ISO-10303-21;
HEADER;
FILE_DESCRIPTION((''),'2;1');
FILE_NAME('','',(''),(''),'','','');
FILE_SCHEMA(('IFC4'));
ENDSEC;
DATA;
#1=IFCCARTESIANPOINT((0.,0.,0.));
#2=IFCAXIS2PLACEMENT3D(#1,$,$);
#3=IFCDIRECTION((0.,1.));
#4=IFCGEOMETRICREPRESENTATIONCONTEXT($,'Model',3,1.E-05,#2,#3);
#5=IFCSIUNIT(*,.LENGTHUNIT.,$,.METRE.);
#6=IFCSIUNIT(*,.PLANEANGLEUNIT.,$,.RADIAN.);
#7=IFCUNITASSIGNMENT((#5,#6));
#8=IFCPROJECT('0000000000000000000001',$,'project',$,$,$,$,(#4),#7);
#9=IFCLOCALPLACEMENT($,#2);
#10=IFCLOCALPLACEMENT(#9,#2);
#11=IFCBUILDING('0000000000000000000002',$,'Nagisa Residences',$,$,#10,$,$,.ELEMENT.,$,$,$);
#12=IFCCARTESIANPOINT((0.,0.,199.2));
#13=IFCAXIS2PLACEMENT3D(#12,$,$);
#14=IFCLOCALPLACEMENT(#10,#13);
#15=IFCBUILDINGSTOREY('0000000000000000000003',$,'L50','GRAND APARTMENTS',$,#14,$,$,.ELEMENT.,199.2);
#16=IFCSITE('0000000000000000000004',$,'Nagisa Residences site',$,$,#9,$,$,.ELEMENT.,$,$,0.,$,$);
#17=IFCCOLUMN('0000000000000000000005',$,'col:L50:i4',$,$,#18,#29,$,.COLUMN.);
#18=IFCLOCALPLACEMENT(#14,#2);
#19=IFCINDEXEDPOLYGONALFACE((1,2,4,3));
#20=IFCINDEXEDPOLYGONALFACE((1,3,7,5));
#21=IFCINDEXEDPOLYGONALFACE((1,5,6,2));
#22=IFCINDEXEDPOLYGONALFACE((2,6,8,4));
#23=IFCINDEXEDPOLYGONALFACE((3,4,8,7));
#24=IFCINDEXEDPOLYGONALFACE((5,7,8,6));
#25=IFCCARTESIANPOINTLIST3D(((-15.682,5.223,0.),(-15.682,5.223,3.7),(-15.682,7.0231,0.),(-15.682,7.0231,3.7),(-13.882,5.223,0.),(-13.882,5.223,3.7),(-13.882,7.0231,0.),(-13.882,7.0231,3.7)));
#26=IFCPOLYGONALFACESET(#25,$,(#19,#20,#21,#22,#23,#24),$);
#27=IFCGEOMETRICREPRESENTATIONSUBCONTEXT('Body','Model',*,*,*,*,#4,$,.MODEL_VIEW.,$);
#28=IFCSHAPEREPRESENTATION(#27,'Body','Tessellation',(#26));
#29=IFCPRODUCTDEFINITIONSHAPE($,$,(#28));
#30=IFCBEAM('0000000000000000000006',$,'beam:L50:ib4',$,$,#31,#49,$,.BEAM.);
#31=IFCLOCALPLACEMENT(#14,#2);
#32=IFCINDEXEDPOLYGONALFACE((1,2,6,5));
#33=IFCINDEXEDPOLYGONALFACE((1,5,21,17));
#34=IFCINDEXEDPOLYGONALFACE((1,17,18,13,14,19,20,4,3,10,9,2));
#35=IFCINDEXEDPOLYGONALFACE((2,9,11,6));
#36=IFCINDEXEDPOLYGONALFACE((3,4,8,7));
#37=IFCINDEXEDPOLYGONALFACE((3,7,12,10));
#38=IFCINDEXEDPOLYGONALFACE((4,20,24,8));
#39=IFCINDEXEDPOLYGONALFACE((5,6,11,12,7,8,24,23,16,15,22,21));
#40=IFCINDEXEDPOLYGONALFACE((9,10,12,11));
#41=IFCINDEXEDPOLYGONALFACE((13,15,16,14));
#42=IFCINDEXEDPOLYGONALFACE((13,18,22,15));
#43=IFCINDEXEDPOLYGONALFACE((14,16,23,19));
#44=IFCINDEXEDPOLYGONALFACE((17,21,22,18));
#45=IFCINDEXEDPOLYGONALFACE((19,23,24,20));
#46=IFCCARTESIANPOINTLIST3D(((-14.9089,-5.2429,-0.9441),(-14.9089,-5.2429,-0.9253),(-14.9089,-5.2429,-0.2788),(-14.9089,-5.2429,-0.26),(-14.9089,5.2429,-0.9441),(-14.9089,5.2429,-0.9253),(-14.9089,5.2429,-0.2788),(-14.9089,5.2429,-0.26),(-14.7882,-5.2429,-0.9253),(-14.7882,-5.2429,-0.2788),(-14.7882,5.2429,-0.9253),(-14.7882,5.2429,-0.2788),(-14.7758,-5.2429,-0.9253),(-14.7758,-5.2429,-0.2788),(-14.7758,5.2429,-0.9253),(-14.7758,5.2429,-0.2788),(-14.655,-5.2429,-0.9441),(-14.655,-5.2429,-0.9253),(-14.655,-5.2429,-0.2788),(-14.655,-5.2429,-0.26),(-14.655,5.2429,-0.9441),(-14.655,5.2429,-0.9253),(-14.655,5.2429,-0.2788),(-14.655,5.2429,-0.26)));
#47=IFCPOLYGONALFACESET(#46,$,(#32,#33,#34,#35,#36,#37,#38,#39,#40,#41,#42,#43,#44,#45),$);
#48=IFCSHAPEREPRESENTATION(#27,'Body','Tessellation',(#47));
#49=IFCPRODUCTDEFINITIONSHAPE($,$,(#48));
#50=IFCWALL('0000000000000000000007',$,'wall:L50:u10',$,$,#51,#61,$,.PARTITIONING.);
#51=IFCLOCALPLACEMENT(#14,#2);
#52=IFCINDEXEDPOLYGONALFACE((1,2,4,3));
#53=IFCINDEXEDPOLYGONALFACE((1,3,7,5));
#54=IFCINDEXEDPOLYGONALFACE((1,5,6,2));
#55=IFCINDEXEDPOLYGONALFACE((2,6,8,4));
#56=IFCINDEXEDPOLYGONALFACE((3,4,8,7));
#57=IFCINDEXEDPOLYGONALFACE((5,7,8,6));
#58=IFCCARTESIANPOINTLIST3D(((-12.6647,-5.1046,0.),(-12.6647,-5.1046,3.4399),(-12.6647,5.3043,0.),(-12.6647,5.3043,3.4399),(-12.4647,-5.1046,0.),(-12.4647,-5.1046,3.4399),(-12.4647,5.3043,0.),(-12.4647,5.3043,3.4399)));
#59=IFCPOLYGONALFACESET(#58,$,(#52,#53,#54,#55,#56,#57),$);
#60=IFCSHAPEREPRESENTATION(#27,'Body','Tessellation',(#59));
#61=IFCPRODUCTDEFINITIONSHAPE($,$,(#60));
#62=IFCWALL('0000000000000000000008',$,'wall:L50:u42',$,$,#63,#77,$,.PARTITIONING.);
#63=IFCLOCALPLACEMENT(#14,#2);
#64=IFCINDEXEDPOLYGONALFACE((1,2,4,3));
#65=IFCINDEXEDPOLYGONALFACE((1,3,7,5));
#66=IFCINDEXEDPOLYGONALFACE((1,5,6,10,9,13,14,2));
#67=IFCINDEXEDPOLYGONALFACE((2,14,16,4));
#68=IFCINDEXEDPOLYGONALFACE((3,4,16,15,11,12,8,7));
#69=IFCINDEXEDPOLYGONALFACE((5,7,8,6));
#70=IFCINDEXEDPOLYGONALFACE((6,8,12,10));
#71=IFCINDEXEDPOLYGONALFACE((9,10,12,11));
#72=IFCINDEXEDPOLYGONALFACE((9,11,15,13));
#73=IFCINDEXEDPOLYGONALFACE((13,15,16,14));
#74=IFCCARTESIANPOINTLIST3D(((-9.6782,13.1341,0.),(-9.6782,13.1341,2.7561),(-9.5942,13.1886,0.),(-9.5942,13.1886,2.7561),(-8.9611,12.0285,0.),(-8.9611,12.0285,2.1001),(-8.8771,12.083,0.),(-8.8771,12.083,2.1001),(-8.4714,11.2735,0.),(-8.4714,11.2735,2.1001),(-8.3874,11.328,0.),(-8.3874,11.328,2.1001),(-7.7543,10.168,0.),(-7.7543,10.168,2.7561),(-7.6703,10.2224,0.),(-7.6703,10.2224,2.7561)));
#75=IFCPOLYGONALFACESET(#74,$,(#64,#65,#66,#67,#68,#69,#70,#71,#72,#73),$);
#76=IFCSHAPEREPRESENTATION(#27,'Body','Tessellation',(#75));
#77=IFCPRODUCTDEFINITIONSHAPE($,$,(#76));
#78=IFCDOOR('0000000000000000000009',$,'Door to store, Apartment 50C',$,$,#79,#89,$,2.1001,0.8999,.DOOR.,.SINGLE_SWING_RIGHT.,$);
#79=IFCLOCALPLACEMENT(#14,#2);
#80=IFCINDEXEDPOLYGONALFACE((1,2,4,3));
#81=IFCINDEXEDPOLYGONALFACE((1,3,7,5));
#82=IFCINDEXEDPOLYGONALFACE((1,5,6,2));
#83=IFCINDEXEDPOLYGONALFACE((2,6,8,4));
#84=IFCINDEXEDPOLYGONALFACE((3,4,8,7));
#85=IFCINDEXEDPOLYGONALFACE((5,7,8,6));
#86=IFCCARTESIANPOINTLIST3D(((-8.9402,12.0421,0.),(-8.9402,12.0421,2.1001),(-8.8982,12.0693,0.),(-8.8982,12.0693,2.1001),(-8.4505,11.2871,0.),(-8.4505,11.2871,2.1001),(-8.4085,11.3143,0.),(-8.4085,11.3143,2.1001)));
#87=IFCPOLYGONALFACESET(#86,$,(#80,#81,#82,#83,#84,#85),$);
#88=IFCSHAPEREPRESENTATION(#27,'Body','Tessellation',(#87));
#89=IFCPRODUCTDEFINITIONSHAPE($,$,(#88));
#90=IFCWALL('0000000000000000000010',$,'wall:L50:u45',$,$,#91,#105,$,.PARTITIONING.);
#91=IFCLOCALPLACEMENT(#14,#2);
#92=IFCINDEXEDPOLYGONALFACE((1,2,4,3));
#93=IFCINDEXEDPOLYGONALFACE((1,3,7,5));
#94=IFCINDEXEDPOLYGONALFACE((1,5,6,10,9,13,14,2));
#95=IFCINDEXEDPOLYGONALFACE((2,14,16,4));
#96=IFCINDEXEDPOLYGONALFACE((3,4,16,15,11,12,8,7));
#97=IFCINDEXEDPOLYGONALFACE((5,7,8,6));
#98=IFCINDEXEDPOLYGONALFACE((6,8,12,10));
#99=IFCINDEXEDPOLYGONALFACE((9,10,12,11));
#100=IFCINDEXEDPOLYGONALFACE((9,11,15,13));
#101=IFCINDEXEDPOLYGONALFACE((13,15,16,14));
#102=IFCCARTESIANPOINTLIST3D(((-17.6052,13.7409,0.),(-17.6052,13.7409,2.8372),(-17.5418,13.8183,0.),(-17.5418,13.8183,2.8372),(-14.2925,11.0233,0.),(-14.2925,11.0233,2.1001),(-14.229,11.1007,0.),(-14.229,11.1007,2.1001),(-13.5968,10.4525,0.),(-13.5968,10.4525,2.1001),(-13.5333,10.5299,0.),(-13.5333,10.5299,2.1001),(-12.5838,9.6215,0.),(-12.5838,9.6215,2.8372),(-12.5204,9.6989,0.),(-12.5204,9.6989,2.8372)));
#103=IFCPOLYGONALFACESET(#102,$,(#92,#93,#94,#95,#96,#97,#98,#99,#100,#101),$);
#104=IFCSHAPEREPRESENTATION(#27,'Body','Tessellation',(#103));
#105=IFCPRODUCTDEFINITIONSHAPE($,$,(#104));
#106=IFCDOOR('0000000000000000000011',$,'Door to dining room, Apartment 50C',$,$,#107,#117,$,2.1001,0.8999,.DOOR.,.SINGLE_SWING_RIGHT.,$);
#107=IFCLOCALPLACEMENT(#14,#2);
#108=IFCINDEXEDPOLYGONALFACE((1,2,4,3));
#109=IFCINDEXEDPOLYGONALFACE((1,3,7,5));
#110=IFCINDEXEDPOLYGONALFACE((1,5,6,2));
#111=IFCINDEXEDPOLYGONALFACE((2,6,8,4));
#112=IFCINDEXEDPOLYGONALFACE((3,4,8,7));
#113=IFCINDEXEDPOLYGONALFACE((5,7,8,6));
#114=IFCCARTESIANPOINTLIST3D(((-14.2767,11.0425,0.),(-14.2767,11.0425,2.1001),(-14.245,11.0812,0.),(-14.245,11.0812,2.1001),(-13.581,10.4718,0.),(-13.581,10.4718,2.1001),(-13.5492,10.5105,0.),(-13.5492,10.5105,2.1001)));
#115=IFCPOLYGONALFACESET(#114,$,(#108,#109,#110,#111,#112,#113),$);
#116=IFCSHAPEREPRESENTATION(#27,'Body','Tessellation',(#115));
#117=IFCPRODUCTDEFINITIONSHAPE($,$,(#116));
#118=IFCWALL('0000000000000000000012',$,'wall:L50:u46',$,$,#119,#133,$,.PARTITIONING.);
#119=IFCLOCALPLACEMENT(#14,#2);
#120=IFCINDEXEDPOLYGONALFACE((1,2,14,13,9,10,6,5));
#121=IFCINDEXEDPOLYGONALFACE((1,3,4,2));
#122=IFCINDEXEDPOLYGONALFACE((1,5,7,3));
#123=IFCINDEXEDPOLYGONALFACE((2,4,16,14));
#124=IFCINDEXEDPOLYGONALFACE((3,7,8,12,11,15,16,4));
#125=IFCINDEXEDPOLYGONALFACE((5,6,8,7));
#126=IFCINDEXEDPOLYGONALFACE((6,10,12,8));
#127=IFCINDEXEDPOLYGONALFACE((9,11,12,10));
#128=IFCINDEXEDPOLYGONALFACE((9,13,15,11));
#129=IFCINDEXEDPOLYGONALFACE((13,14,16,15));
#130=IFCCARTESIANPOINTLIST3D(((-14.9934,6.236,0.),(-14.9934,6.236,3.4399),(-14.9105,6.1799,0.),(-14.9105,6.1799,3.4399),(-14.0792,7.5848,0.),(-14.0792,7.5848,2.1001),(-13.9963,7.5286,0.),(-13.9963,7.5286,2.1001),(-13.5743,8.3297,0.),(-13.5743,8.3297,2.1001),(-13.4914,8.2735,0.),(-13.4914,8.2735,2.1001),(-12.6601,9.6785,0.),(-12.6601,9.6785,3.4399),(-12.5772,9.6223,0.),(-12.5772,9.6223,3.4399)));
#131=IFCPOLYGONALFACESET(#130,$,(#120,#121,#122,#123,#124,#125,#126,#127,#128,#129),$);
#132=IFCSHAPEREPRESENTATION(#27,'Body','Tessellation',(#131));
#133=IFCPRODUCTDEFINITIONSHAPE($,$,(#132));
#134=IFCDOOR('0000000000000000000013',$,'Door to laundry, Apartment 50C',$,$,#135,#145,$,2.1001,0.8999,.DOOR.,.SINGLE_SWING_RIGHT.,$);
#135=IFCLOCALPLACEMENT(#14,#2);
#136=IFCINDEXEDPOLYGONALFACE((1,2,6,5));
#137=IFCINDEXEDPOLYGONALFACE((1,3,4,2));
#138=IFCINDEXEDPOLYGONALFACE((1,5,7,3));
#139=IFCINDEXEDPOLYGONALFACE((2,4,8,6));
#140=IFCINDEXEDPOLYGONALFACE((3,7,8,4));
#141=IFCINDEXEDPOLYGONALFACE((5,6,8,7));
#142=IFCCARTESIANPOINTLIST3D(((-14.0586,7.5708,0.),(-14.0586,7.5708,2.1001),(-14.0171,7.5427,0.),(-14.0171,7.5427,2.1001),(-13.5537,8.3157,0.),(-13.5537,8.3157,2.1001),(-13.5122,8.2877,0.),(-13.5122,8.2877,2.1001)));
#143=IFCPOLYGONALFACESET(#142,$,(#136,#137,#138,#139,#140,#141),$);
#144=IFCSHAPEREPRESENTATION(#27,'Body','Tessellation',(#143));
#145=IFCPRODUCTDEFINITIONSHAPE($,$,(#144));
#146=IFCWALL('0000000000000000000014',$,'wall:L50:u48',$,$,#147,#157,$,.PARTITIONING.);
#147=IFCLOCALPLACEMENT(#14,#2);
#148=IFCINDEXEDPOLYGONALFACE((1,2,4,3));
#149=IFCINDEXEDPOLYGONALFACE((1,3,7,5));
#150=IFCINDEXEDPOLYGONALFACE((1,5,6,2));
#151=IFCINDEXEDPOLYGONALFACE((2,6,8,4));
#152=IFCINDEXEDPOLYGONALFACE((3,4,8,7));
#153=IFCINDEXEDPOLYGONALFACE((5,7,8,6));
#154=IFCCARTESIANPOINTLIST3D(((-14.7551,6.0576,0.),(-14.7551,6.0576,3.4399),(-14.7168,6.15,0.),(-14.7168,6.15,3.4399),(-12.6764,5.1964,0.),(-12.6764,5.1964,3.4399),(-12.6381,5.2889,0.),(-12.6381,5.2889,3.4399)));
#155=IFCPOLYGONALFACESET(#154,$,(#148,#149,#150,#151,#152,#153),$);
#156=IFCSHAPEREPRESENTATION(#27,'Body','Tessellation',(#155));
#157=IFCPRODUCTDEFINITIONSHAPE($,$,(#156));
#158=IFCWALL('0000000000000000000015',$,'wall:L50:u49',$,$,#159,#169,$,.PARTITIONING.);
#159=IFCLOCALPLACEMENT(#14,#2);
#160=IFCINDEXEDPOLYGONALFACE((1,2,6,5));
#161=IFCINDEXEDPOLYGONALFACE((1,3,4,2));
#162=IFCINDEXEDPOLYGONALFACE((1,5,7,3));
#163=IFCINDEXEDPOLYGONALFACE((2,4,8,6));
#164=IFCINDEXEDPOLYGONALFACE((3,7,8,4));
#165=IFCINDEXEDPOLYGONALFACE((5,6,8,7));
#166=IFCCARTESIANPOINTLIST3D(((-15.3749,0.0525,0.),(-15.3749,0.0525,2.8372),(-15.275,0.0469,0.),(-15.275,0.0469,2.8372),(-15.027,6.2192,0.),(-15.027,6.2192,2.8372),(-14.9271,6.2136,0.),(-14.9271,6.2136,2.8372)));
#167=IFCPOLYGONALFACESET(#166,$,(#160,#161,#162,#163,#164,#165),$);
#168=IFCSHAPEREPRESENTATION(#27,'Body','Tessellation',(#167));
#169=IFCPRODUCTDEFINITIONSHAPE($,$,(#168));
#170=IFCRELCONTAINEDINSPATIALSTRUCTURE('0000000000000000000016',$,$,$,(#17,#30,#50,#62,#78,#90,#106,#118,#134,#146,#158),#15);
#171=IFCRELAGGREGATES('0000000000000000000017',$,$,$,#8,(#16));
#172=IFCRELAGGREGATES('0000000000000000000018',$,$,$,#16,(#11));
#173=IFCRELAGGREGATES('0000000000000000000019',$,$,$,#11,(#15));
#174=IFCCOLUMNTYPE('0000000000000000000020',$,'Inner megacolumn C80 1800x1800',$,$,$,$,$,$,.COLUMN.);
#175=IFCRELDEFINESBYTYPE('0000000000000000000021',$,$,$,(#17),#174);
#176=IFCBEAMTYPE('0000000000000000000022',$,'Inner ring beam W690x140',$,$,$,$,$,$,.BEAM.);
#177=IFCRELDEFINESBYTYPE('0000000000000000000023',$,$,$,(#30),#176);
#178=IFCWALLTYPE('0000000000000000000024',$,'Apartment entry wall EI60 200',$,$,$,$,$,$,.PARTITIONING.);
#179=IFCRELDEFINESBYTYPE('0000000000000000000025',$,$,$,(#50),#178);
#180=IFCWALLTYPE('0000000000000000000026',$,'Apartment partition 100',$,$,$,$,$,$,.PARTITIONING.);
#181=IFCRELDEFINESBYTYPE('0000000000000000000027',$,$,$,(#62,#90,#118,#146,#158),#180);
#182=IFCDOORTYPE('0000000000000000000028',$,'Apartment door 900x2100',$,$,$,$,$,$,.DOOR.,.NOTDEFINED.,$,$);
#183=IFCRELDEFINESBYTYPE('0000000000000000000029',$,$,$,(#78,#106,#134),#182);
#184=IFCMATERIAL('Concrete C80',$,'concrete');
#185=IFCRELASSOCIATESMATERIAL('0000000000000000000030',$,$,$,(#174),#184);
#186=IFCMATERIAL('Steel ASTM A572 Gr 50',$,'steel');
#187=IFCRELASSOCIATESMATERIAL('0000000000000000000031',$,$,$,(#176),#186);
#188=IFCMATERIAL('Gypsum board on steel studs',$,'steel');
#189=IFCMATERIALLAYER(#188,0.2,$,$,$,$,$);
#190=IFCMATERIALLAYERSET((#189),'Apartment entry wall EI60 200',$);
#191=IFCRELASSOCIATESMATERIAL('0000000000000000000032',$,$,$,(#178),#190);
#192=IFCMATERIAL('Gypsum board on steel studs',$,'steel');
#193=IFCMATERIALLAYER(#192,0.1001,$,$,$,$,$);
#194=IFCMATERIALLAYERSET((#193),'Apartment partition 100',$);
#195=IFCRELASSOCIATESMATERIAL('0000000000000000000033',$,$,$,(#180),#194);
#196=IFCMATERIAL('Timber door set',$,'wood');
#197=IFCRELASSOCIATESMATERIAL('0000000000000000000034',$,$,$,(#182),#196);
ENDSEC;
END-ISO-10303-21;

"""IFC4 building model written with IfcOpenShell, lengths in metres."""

from ifc_helpers import new_model, si_unit, direction, frame, frame_2d, origin, origin_2d, place, context, subcontext, project, spatial, rectangle, i_section, extrude, material, layer, layer_set, material_profile, profile_set, type_object, element, fill, save


model = new_model("IFC4")

# Units and contexts
model_context = context("Model", 3, precision=1e-05, world=origin(), true_north=direction((0.0, 1.0)))
body_context = subcontext(model_context, "Body", "Model", "MODEL_VIEW")
ifc_project = project(units=[si_unit("LENGTHUNIT", "METRE"), si_unit("PLANEANGLEUNIT", "RADIAN")], contexts=[model_context])

# Site, building, storey
site_placement = place(None, origin())
site = spatial("IfcSite", under=ifc_project, at=site_placement, Name="Nagisa Residences site", CompositionType="ELEMENT", RefElevation=0.0)
building_placement = place(site_placement, origin())
building = spatial("IfcBuilding", under=site, at=building_placement, Name="Nagisa Residences", CompositionType="ELEMENT")
storey_placement = place(building_placement, frame((0.0, 0.0, 199.2)))
storey = spatial("IfcBuildingStorey", under=building, at=storey_placement, Name="L50", Description="GRAND APARTMENTS", CompositionType="ELEMENT", Elevation=199.2)

# Column
ifc_material_1 = material(Name="Concrete C80", Category="concrete")
ifc_material_profile_1 = material_profile(ifc_material_1, rectangle(XDim=1.8, YDim=1.8, at=origin_2d()), Name="C80 1800x1800")
ifc_profile_set_1 = profile_set([ifc_material_profile_1], Name="Concrete C80")
column_type = type_object("IfcColumnType", Name="Inner megacolumn C80 1800x1800", PredefinedType="COLUMN", material=ifc_profile_set_1)
column_placement = place(storey_placement, frame((-14.782, 6.123, 0.0), z_axis=(0.0, 0.0, 1.0), x_axis=(1.0, 0.0, 0.0)))
element("IfcColumn", 1, at=column_placement, inside=storey, type_object=column_type, Name="col:L50:i4", PredefinedType="COLUMN", context=body_context, shape_type="SweptSolid", body=[
    extrude(rectangle(XDim=1.8, YDim=1.8, at=origin_2d()), origin(), (0.0, 0.0, 1.0), 3.7),
])

# Beam
ifc_material_2 = material(Name="Steel ASTM A572 Gr 50", Category="steel")
ifc_material_profile_2 = material_profile(ifc_material_2, i_section(OverallWidth=0.2539, OverallDepth=0.6841, WebThickness=0.0125, FlangeThickness=0.0188, at=origin_2d()), Name="W690x140")
ifc_profile_set_2 = profile_set([ifc_material_profile_2], Name="Steel ASTM A572 Gr 50")
beam_type = type_object("IfcBeamType", Name="Inner ring beam W690x140", PredefinedType="BEAM", material=ifc_profile_set_2)
beam_placement = place(storey_placement, frame((-14.782, 5.2429, -0.6021), z_axis=(0.0, -1.0, 0.0), x_axis=(1.0, 0.0, 0.0)))
element("IfcBeam", 2, at=beam_placement, inside=storey, type_object=beam_type, Name="beam:L50:ib4", PredefinedType="BEAM", context=body_context, shape_type="SweptSolid", body=[
    extrude(i_section(OverallWidth=0.2539, OverallDepth=0.6841, WebThickness=0.0125, FlangeThickness=0.0188, at=origin_2d()), origin(), (0.0, 0.0, 1.0), 10.4858),
])

# Wall
ifc_material_3 = material(Name="Gypsum board on steel studs", Category="steel")
ifc_layer_1 = layer(ifc_material_3, 0.2)
ifc_layer_set_1 = layer_set([ifc_layer_1], Name="Apartment entry wall EI60 200")
wall_type_1 = type_object("IfcWallType", Name="Apartment entry wall EI60 200", PredefinedType="PARTITIONING", material=ifc_layer_set_1)
wall_1_placement = place(storey_placement, frame((-12.5647, 5.3044, 0.0), z_axis=(0.0, 0.0, 1.0), x_axis=(0.0, -1.0, 0.0)))
element("IfcWall", 3, at=wall_1_placement, inside=storey, type_object=wall_type_1, Name="wall:L50:u10", PredefinedType="PARTITIONING", context=body_context, shape_type="SweptSolid", body=[
    extrude(rectangle(XDim=10.4089, YDim=0.2, at=frame_2d((5.2046, 0.0))), origin(), (0.0, 0.0, 1.0), 3.4399),
])

# Walls, openings, doors
ifc_material_4 = material(Name="Gypsum board on steel studs", Category="steel")
ifc_layer_2 = layer(ifc_material_4, 0.1001)
ifc_layer_set_2 = layer_set([ifc_layer_2], Name="Apartment partition 100")
wall_type_2 = type_object("IfcWallType", Name="Apartment partition 100", PredefinedType="PARTITIONING", material=ifc_layer_set_2)
wall_2_placement = place(storey_placement, frame((-7.7124, 10.1953, 0.0), z_axis=(0.0, 0.0, 1.0), x_axis=(-0.54417, 0.838975, 0.0)))
wall_2 = element("IfcWall", 4, at=wall_2_placement, inside=storey, type_object=wall_type_2, Name="wall:L50:u42", PredefinedType="PARTITIONING", context=body_context, shape_type="SweptSolid", body=[
    extrude(rectangle(XDim=3.5354, YDim=0.1001, at=frame_2d((1.7676, 0.0))), origin(), (0.0, 0.0, 1.0), 2.7561),
])
opening_1_placement = place(wall_2_placement, frame((1.3176, 0.0, 0.0)))
opening_1 = element("IfcOpeningElement", 5, at=opening_1_placement, cuts=wall_2, PredefinedType="OPENING", context=body_context, shape_type="SweptSolid", body=[
    extrude(rectangle(XDim=0.8999, YDim=2.1001, at=frame_2d((0.45, 1.05))), frame((0.0, 0.0601, 0.0), z_axis=(0.0, -1.0, 0.0), x_axis=(1.0, 0.0, 0.0)), (0.0, 0.0, 1.0), 0.1201),
])
ifc_material_5 = material(Name="Timber door set", Category="wood")
door_type_1 = type_object("IfcDoorType", Name="Apartment door 900x2100", OperationType="NOTDEFINED", PredefinedType="DOOR", material=ifc_material_5)
door_1_placement = place(opening_1_placement, frame((0.8999, 0.0, 0.0), x_axis=(-1.0, 0.0, 0.0)))
door_1 = element("IfcDoor", 6, at=door_1_placement, inside=storey, type_object=door_type_1, Name="Door to store, Apartment 50C", OperationType="SINGLE_SWING_RIGHT", OverallHeight=2.1001, OverallWidth=0.8999, PredefinedType="DOOR", context=body_context, shape_type="SweptSolid", body=[
    extrude(rectangle(XDim=0.8999, YDim=2.1001, at=frame_2d((0.45, 1.05))), frame((0.0, 0.0249, 0.0), z_axis=(0.0, -1.0, 0.0), x_axis=(1.0, 0.0, 0.0)), (0.0, 0.0, 1.0), 0.05),
])
fill(opening_1, door_1)
wall_3_placement = place(storey_placement, frame((-12.552, 9.6602, 0.0), z_axis=(0.0, 0.0, 1.0), x_axis=(-0.773134, 0.634242, 0.0)))
wall_3 = element("IfcWall", 7, at=wall_3_placement, inside=storey, type_object=wall_type_2, Name="wall:L50:u45", PredefinedType="PARTITIONING", context=body_context, shape_type="SweptSolid", body=[
    extrude(rectangle(XDim=6.4949, YDim=0.1001, at=frame_2d((3.2476, 0.0))), origin(), (0.0, 0.0, 1.0), 2.8372),
])
opening_2_placement = place(wall_3_placement, frame((1.3103, 0.0, 0.0)))
opening_2 = element("IfcOpeningElement", 8, at=opening_2_placement, cuts=wall_3, PredefinedType="OPENING", context=body_context, shape_type="SweptSolid", body=[
    extrude(rectangle(XDim=0.8999, YDim=2.1001, at=frame_2d((0.45, 1.05))), frame((0.0, 0.0601, 0.0), z_axis=(0.0, -1.0, 0.0), x_axis=(1.0, 0.0, 0.0)), (0.0, 0.0, 1.0), 0.1201),
])
door_2_placement = place(opening_2_placement, frame((0.8999, 0.0, 0.0), x_axis=(-1.0, 0.0, 0.0)))
door_2 = element("IfcDoor", 9, at=door_2_placement, inside=storey, type_object=door_type_1, Name="Door to dining room, Apartment 50C", OperationType="SINGLE_SWING_RIGHT", OverallHeight=2.1001, OverallWidth=0.8999, PredefinedType="DOOR", context=body_context, shape_type="SweptSolid", body=[
    extrude(rectangle(XDim=0.8999, YDim=2.1001, at=frame_2d((0.45, 1.05))), frame((0.0, 0.0249, 0.0), z_axis=(0.0, -1.0, 0.0), x_axis=(1.0, 0.0, 0.0)), (0.0, 0.0, 1.0), 0.05),
])
fill(opening_2, door_2)
wall_4_placement = place(storey_placement, frame((-12.6187, 9.6504, 0.0), z_axis=(0.0, 0.0, 1.0), x_axis=(-0.561065, -0.827772, 0.0)))
wall_4 = element("IfcWall", 10, at=wall_4_placement, inside=storey, type_object=wall_type_2, Name="wall:L50:u46", PredefinedType="PARTITIONING", context=body_context, shape_type="SweptSolid", body=[
    extrude(rectangle(XDim=4.1587, YDim=0.1001, at=frame_2d((2.0793, 0.0))), origin(), (0.0, 0.0, 1.0), 3.4399),
])
opening_3_placement = place(wall_4_placement, frame((1.6294, 0.0, 0.0)))
opening_3 = element("IfcOpeningElement", 11, at=opening_3_placement, cuts=wall_4, PredefinedType="OPENING", context=body_context, shape_type="SweptSolid", body=[
    extrude(rectangle(XDim=0.8999, YDim=2.1001, at=frame_2d((0.45, 1.05))), frame((0.0, 0.0601, 0.0), z_axis=(0.0, -1.0, 0.0), x_axis=(1.0, 0.0, 0.0)), (0.0, 0.0, 1.0), 0.1201),
])
door_3_placement = place(opening_3_placement, origin())
door_3 = element("IfcDoor", 12, at=door_3_placement, inside=storey, type_object=door_type_1, Name="Door to laundry, Apartment 50C", OperationType="SINGLE_SWING_RIGHT", OverallHeight=2.1001, OverallWidth=0.8999, PredefinedType="DOOR", context=body_context, shape_type="SweptSolid", body=[
    extrude(rectangle(XDim=0.8999, YDim=2.1001, at=frame_2d((0.45, 1.05))), frame((0.0, 0.0249, 0.0), z_axis=(0.0, -1.0, 0.0), x_axis=(1.0, 0.0, 0.0)), (0.0, 0.0, 1.0), 0.05),
])
fill(opening_3, door_3)

# Walls
wall_5_placement = place(storey_placement, frame((-12.6572, 5.2427, 0.0), z_axis=(0.0, 0.0, 1.0), x_axis=(-0.923865, 0.382719, 0.0)))
element("IfcWall", 13, at=wall_5_placement, inside=storey, type_object=wall_type_2, Name="wall:L50:u48", PredefinedType="PARTITIONING", context=body_context, shape_type="SweptSolid", body=[
    extrude(rectangle(XDim=2.25, YDim=0.1001, at=frame_2d((1.125, 0.0))), origin(), (0.0, 0.0, 1.0), 3.4399),
])
wall_6_placement = place(storey_placement, frame((-14.9771, 6.2166, 0.0), z_axis=(0.0, 0.0, 1.0), x_axis=(-0.056326, -0.998412, 0.0)))
element("IfcWall", 14, at=wall_6_placement, inside=storey, type_object=wall_type_2, Name="wall:L50:u49", PredefinedType="PARTITIONING", context=body_context, shape_type="SweptSolid", body=[
    extrude(rectangle(XDim=6.1765, YDim=0.1001, at=frame_2d((3.0884, 0.0))), origin(), (0.0, 0.0, 1.0), 2.8372),
])

save(model, "model.ifc")
